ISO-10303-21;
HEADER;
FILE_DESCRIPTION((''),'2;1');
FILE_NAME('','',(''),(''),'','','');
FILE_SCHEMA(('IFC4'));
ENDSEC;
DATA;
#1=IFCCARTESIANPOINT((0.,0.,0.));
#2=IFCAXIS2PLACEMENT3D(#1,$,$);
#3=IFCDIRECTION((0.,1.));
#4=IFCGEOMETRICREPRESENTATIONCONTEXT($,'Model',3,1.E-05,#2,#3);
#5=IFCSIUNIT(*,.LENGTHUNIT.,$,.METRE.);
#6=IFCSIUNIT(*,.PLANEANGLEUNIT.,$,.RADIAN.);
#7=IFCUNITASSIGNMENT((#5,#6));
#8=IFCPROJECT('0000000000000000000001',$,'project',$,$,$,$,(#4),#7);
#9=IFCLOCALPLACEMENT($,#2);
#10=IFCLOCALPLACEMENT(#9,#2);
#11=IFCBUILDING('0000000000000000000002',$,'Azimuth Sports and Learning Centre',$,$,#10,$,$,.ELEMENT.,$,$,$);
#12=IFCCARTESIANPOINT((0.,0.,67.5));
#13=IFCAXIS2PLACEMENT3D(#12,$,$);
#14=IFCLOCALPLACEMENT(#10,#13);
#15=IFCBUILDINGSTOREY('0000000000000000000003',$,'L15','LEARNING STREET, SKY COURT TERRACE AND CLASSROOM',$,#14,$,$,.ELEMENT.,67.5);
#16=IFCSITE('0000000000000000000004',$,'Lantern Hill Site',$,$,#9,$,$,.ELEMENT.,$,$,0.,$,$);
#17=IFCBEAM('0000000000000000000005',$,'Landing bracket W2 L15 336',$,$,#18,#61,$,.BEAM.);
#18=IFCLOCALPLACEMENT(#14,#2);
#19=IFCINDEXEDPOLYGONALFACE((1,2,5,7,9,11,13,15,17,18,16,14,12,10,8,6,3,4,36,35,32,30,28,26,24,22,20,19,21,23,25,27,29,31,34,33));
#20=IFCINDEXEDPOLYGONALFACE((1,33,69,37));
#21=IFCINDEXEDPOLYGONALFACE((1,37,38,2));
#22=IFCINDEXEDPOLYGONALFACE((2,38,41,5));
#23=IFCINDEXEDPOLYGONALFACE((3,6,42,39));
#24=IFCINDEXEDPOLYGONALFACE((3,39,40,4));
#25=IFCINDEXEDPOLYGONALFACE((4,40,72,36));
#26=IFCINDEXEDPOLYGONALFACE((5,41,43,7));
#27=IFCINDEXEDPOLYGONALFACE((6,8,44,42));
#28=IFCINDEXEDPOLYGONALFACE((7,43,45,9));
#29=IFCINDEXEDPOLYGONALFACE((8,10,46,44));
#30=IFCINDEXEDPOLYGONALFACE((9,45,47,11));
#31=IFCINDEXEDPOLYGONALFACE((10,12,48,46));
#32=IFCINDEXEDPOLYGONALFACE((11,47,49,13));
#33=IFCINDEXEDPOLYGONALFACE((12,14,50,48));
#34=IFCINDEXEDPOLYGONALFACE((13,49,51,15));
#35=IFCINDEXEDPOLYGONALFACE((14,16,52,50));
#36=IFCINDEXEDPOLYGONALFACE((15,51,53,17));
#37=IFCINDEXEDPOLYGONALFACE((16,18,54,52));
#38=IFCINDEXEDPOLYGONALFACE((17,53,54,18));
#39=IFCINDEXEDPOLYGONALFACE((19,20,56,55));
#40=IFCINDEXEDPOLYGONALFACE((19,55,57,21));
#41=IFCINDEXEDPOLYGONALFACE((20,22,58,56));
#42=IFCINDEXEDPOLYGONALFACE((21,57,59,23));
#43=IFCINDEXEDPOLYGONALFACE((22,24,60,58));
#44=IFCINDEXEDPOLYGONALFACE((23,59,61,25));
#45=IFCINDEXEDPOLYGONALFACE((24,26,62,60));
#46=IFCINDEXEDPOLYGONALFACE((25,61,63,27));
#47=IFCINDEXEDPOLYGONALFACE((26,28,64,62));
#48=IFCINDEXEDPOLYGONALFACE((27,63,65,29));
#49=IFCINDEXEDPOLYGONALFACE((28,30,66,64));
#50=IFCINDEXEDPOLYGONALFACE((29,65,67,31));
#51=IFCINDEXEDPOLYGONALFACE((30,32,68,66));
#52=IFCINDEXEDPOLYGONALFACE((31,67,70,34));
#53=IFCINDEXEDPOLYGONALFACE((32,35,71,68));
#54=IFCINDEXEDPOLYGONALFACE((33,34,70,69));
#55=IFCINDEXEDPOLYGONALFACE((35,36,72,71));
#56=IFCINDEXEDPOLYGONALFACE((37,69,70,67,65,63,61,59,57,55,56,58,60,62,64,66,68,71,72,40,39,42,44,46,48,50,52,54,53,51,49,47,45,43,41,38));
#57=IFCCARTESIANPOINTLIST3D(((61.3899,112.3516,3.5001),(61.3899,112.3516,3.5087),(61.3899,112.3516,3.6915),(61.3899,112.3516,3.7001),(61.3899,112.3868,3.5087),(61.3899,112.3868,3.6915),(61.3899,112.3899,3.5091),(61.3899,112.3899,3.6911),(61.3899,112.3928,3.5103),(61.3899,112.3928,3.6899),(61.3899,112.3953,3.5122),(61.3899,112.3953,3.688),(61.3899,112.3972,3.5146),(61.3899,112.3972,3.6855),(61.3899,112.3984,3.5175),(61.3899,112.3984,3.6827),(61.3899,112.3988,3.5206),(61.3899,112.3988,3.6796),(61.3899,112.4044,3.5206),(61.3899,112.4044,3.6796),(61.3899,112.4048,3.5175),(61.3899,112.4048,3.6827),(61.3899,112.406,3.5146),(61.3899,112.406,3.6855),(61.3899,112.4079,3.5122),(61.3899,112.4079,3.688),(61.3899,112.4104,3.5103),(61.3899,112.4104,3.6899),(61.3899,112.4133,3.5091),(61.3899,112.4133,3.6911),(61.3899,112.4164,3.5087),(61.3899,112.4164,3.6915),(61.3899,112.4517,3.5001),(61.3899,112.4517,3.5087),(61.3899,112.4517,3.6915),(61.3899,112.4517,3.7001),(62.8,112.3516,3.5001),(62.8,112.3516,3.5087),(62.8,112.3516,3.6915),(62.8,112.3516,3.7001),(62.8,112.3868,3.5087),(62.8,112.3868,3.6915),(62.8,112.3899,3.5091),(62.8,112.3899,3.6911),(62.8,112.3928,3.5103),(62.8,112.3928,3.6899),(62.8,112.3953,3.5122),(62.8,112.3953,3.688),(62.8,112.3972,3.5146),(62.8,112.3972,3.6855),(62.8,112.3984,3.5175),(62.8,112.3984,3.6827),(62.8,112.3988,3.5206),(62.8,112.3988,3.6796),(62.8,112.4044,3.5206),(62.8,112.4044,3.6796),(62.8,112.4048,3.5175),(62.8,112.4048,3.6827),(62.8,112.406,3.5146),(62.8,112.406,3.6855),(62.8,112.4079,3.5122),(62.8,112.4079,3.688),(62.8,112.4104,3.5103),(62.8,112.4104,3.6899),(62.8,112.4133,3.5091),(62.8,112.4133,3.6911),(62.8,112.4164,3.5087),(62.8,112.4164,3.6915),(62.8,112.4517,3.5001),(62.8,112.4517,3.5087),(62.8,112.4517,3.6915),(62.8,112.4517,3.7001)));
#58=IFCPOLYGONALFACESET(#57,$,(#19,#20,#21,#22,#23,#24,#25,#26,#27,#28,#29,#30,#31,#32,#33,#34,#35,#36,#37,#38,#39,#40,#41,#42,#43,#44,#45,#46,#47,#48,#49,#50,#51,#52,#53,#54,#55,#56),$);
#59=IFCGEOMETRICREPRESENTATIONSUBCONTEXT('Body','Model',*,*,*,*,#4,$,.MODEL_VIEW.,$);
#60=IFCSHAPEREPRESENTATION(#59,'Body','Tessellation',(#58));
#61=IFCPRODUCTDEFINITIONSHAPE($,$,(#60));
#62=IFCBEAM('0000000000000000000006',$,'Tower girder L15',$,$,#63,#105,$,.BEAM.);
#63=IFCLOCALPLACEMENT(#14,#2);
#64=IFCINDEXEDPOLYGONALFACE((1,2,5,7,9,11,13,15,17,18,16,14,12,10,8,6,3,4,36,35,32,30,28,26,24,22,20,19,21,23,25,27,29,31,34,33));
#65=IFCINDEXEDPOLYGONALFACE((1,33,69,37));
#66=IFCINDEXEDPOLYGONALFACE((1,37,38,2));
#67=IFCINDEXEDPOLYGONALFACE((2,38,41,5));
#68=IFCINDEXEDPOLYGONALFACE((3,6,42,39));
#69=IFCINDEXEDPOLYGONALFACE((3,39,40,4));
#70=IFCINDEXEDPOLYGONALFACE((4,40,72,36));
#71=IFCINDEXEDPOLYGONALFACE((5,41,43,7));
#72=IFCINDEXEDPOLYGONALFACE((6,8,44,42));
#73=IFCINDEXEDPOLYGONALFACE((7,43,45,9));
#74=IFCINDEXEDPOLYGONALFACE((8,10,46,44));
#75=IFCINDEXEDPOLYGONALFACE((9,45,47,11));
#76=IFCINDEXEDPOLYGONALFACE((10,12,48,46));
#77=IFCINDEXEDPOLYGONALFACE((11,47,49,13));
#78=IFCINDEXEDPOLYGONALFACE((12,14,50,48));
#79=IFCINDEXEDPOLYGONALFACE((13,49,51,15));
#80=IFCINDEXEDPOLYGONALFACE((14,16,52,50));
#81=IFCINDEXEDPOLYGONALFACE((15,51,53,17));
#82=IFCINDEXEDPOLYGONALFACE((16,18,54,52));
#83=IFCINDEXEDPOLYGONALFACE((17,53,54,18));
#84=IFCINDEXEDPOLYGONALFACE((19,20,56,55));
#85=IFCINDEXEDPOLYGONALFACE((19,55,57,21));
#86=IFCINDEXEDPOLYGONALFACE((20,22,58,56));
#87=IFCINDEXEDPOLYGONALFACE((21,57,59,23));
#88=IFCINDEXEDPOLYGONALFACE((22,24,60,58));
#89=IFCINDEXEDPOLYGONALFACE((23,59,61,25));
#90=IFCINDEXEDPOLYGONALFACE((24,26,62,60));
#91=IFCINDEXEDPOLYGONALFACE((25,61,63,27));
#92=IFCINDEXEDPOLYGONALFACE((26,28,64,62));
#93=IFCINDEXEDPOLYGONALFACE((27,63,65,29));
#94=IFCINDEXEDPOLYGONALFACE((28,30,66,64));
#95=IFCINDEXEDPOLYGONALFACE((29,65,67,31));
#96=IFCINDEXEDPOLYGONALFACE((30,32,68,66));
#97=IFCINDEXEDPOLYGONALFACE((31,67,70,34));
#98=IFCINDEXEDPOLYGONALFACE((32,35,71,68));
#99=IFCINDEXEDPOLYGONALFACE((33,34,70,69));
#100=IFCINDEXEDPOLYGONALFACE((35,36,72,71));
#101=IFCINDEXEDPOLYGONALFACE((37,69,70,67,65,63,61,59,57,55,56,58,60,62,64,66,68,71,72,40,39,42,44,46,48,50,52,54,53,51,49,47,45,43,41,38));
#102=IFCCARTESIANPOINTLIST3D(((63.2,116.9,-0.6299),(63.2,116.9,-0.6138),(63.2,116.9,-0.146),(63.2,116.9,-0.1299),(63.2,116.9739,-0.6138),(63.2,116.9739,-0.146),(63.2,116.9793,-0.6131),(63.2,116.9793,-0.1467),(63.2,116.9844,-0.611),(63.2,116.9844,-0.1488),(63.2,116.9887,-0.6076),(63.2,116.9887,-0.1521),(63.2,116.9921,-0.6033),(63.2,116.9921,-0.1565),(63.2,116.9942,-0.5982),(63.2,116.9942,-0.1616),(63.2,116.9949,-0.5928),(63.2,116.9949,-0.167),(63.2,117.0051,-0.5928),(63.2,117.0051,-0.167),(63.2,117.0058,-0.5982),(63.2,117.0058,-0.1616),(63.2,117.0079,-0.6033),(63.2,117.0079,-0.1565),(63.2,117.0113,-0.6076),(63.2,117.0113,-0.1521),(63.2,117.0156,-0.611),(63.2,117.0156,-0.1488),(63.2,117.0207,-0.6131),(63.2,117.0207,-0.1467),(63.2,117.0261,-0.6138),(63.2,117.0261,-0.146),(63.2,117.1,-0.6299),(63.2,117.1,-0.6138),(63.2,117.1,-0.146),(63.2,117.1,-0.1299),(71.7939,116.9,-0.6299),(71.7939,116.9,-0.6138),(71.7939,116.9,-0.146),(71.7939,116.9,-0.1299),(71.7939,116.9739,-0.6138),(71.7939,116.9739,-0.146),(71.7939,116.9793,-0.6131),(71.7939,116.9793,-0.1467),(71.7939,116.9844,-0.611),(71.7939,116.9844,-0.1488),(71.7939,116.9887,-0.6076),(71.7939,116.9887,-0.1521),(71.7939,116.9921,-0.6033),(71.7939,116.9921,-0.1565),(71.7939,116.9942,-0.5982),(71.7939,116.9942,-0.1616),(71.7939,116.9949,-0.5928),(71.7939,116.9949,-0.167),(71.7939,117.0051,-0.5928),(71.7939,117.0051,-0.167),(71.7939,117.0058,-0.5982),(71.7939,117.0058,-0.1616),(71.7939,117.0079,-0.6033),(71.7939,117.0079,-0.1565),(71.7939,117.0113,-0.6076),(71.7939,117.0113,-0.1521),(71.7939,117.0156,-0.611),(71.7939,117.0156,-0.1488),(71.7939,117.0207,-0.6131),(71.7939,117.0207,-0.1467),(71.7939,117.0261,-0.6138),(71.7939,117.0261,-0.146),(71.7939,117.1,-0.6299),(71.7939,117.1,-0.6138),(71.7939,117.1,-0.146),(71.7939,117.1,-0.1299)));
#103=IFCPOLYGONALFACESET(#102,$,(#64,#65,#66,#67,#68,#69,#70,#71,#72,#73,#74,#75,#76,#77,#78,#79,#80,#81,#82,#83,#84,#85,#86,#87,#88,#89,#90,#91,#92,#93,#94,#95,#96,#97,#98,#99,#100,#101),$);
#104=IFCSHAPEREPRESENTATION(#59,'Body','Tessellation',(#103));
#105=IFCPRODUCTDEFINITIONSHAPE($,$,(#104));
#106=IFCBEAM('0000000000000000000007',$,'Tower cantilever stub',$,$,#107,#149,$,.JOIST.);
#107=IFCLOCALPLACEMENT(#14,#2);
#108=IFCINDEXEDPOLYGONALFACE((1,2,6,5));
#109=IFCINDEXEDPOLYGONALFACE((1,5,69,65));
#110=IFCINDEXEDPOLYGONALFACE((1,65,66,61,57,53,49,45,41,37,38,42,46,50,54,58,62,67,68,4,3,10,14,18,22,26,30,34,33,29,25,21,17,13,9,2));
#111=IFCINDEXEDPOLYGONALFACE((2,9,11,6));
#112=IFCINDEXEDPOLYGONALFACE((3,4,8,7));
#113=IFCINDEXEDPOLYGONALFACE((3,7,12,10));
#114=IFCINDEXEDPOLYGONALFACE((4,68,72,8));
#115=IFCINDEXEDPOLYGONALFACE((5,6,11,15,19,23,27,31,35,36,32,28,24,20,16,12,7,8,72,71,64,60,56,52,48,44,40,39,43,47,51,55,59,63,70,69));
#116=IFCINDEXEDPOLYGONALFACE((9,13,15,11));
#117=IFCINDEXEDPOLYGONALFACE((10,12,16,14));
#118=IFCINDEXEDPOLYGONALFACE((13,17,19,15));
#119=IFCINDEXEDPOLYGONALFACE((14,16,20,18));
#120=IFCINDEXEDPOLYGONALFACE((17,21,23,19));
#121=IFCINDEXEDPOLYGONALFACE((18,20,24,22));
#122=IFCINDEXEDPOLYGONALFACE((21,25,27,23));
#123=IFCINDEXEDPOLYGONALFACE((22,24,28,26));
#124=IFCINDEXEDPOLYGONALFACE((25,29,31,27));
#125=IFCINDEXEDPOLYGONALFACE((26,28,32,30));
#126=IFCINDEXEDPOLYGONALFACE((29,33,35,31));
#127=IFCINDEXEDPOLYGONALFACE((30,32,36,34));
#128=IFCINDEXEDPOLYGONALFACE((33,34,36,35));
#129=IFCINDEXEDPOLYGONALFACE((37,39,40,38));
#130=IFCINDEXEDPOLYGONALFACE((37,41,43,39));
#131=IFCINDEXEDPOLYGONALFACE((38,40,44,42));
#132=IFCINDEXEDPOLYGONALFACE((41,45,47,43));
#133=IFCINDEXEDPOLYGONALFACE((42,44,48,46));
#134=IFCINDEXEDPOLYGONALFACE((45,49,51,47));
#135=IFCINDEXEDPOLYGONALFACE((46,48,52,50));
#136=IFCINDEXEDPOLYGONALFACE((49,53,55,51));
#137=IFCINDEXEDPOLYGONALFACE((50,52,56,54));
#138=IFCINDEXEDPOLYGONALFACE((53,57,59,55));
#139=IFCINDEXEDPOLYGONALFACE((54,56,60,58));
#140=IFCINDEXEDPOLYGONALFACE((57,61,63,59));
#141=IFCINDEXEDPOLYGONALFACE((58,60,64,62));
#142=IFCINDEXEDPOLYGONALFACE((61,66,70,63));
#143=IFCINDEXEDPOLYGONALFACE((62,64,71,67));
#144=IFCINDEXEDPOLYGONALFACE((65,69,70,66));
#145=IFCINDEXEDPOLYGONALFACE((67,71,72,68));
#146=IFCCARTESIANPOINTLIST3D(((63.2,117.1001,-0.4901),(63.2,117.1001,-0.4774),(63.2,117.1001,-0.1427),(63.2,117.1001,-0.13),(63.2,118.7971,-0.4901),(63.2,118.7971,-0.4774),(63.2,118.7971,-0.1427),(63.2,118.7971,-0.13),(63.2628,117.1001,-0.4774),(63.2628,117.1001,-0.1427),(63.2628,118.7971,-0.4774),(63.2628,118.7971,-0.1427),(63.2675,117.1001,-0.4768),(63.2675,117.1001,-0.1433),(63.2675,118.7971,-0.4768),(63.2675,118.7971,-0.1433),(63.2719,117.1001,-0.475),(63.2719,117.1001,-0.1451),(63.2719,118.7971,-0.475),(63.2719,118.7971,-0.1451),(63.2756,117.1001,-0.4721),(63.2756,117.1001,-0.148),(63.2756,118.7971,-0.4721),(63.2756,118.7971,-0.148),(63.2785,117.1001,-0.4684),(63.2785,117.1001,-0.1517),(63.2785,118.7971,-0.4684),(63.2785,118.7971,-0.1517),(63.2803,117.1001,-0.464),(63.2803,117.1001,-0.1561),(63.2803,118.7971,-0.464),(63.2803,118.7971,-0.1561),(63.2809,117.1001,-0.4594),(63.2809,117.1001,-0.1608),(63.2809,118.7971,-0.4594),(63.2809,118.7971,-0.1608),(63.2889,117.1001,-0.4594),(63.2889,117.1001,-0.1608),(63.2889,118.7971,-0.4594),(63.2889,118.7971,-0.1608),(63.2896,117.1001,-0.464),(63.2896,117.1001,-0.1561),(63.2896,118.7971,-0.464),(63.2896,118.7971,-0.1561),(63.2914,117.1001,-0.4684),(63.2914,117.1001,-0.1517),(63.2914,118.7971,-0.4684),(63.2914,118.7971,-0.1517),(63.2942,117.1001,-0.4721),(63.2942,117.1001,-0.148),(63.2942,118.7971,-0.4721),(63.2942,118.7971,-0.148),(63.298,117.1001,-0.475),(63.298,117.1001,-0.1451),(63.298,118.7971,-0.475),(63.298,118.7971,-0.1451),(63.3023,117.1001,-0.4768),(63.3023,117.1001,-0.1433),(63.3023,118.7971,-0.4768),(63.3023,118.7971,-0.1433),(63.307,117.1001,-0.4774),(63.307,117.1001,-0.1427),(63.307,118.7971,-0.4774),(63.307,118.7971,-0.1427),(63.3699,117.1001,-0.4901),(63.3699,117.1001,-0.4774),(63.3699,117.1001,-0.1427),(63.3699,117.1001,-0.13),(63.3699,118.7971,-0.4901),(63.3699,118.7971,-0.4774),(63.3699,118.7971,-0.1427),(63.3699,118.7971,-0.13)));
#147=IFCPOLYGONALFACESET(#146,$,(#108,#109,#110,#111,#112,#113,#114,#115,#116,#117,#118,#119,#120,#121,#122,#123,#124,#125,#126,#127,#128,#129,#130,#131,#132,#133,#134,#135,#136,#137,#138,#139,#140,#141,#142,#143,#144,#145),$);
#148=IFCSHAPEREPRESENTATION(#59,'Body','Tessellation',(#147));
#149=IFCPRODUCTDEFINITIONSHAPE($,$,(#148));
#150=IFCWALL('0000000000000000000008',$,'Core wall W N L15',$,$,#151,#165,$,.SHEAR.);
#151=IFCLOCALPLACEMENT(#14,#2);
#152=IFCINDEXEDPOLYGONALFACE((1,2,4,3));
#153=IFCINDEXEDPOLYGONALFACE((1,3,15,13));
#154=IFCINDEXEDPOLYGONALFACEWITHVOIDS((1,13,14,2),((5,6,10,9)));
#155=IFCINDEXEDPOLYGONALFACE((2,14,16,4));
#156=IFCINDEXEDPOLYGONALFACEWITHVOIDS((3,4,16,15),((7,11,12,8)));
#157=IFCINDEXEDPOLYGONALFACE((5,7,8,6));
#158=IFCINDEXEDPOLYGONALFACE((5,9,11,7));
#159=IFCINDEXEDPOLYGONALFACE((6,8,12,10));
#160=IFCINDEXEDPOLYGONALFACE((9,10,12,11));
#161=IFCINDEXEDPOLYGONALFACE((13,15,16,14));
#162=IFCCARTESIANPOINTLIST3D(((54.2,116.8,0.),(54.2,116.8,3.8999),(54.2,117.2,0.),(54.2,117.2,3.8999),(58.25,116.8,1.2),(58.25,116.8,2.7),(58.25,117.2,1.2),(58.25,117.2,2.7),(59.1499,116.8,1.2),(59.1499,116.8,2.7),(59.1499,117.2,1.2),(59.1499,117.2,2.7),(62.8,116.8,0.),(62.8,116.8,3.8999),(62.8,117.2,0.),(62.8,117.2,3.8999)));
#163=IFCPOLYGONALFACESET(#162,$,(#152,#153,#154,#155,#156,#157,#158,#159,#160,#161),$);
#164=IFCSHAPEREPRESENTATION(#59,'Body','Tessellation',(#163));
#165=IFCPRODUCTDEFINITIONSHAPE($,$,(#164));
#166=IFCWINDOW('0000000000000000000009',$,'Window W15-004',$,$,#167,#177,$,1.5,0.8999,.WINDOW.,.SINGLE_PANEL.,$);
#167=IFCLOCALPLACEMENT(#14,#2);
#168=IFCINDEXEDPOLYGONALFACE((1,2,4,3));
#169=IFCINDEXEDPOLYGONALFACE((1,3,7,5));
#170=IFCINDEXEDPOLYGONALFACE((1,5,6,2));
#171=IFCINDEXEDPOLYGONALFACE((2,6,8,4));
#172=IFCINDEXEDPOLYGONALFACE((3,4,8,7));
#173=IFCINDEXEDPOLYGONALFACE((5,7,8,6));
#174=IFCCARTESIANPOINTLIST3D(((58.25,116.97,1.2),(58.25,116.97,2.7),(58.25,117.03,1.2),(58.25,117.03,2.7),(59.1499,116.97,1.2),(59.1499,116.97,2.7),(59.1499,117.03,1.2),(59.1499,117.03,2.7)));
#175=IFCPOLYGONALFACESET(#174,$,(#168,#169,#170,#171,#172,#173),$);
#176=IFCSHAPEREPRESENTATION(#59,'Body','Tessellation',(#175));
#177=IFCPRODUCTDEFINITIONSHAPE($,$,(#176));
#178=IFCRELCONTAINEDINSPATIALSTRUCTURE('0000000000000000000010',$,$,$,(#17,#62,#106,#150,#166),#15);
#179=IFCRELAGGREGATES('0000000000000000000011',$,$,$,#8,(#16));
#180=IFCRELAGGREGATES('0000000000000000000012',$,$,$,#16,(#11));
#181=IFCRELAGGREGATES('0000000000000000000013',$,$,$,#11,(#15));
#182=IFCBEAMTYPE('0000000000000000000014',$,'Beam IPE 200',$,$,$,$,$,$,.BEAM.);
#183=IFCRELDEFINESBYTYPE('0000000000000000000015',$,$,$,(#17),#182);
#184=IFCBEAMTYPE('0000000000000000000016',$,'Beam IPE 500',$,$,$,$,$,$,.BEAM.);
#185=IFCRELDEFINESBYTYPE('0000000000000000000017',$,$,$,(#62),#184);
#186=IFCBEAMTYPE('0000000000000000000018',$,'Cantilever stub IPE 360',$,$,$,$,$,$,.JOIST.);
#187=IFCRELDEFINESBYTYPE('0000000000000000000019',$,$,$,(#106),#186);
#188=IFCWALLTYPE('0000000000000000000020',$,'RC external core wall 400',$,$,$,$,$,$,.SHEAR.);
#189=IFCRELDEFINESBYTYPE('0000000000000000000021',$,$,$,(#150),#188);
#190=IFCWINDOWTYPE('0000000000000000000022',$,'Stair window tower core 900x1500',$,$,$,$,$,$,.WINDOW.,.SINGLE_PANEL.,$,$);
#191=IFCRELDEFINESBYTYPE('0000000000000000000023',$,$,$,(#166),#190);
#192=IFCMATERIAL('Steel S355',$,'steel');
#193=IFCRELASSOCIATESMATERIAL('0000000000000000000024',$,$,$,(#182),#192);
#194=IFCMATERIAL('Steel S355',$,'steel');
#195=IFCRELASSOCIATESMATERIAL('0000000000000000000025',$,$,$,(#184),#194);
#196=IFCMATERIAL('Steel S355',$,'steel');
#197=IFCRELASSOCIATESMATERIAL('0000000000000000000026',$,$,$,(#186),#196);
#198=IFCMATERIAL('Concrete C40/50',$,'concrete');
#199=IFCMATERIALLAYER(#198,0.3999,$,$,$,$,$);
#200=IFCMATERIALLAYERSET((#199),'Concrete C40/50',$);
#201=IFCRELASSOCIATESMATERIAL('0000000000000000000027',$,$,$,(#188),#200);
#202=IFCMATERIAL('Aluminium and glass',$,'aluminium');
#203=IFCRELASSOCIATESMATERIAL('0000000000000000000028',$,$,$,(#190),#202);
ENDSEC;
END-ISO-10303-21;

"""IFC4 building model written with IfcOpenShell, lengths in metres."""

from ifc_helpers import new_model, si_unit, direction, frame, frame_2d, origin, origin_2d, place, context, subcontext, project, spatial, rectangle, i_section, extrude, material, layer, layer_set, material_profile, profile_set, type_object, element, fill, save


model = new_model("IFC4")

# Units and contexts
model_context = context("Model", 3, precision=1e-05, world=origin(), true_north=direction((0.0, 1.0)))
body_context = subcontext(model_context, "Body", "Model", "MODEL_VIEW")
ifc_project = project(units=[si_unit("LENGTHUNIT", "METRE"), si_unit("PLANEANGLEUNIT", "RADIAN")], contexts=[model_context])

# Site, building, storey
site_placement = place(None, origin())
site = spatial("IfcSite", under=ifc_project, at=site_placement, Name="Lantern Hill Site", CompositionType="ELEMENT", RefElevation=0.0)
building_placement = place(site_placement, origin())
building = spatial("IfcBuilding", under=site, at=building_placement, Name="Azimuth Sports and Learning Centre", CompositionType="ELEMENT")
storey_placement = place(building_placement, frame((0.0, 0.0, 67.5)))
storey = spatial("IfcBuildingStorey", under=building, at=storey_placement, Name="L15", Description="LEARNING STREET, SKY COURT TERRACE AND CLASSROOM", CompositionType="ELEMENT", Elevation=67.5)

# Beams
ifc_material_1 = material(Name="Steel S355", Category="steel")
ifc_material_profile_1 = material_profile(ifc_material_1, i_section(OverallWidth=0.1001, OverallDepth=0.2, WebThickness=0.0056, FlangeThickness=0.0085, FilletRadius=0.012, at=origin_2d()), Name="IPE 200")
ifc_profile_set_1 = profile_set([ifc_material_profile_1], Name="Steel S355")
beam_type_1 = type_object("IfcBeamType", Name="Beam IPE 200", PredefinedType="BEAM", material=ifc_profile_set_1)
for number, where, z_axis, x_axis, name in (
    (1, (62.8, 112.4016, 3.6001), (-1.0, 0.0, 0.0), (0.0, -1.0, 0.0), "Landing bracket W2 L15 336"),
):
    element("IfcBeam", number, at=place(storey_placement, frame(where, z_axis=z_axis, x_axis=x_axis)), inside=storey, type_object=beam_type_1, Name=name, PredefinedType="BEAM", context=body_context, shape_type="SweptSolid", body=[
        extrude(i_section(OverallWidth=0.1001, OverallDepth=0.2, WebThickness=0.0056, FlangeThickness=0.0085, FilletRadius=0.012, at=origin_2d()), origin(), (0.0, 0.0, 1.0), 1.4102),
    ])
ifc_material_2 = material(Name="Steel S355", Category="steel")
ifc_material_profile_2 = material_profile(ifc_material_2, i_section(OverallWidth=0.2, OverallDepth=0.5, WebThickness=0.0103, FlangeThickness=0.0161, FilletRadius=0.021, at=origin_2d()), Name="IPE 500")
ifc_profile_set_2 = profile_set([ifc_material_profile_2], Name="Steel S355")
beam_type_2 = type_object("IfcBeamType", Name="Beam IPE 500", PredefinedType="BEAM", material=ifc_profile_set_2)
beam_1_placement = place(storey_placement, frame((63.2, 117.0, -0.3799), z_axis=(1.0, 0.0, 0.0), x_axis=(0.0, 1.0, 0.0)))
element("IfcBeam", 2, at=beam_1_placement, inside=storey, type_object=beam_type_2, Name="Tower girder L15", PredefinedType="BEAM", context=body_context, shape_type="SweptSolid", body=[
    extrude(i_section(OverallWidth=0.2, OverallDepth=0.5, WebThickness=0.0103, FlangeThickness=0.0161, FilletRadius=0.021, at=origin_2d()), origin(), (0.0, 0.0, 1.0), 8.594),
])
ifc_material_3 = material(Name="Steel S355", Category="steel")
ifc_material_profile_3 = material_profile(ifc_material_3, i_section(OverallWidth=0.1699, OverallDepth=0.3601, WebThickness=0.0081, FlangeThickness=0.0127, FilletRadius=0.0181, at=origin_2d()), Name="IPE 360")
ifc_profile_set_3 = profile_set([ifc_material_profile_3], Name="Steel S355")
beam_type_3 = type_object("IfcBeamType", Name="Cantilever stub IPE 360", PredefinedType="JOIST", material=ifc_profile_set_3)
beam_2_placement = place(storey_placement, frame((63.2849, 117.1001, -0.3101), z_axis=(0.0, 1.0, 0.0), x_axis=(-1.0, 0.0, 0.0)))
element("IfcBeam", 3, at=beam_2_placement, inside=storey, type_object=beam_type_3, Name="Tower cantilever stub", PredefinedType="JOIST", context=body_context, shape_type="SweptSolid", body=[
    extrude(i_section(OverallWidth=0.1699, OverallDepth=0.3601, WebThickness=0.0081, FlangeThickness=0.0127, FilletRadius=0.0181, at=origin_2d()), origin(), (0.0, 0.0, 1.0), 1.697),
])

# Wall, opening, window
ifc_material_4 = material(Name="Concrete C40/50", Category="concrete")
ifc_layer_1 = layer(ifc_material_4, 0.3999)
ifc_layer_set_1 = layer_set([ifc_layer_1], Name="Concrete C40/50")
wall_type = type_object("IfcWallType", Name="RC external core wall 400", PredefinedType="SHEAR", material=ifc_layer_set_1)
wall_placement = place(storey_placement, frame((54.2, 117.0, 0.0), z_axis=(0.0, 0.0, 1.0), x_axis=(1.0, 0.0, 0.0)))
wall = element("IfcWall", 4, at=wall_placement, inside=storey, type_object=wall_type, Name="Core wall W N L15", PredefinedType="SHEAR", context=body_context, shape_type="SweptSolid", body=[
    extrude(rectangle(XDim=8.6001, YDim=0.3999, at=frame_2d((4.3, 0.0))), origin(), (0.0, 0.0, 1.0), 3.8999),
])
opening_placement = place(wall_placement, frame((4.05, 0.0, 1.2)))
opening = element("IfcOpeningElement", 5, at=opening_placement, cuts=wall, PredefinedType="OPENING", context=body_context, shape_type="SweptSolid", body=[
    extrude(rectangle(XDim=0.8999, YDim=1.5, at=frame_2d((0.45, 0.75))), frame((0.0, 0.2109, 0.0), z_axis=(0.0, -1.0, 0.0), x_axis=(1.0, 0.0, 0.0)), (0.0, 0.0, 1.0), 0.4219),
])
ifc_material_5 = material(Name="Aluminium and glass", Category="aluminium")
window_type = type_object("IfcWindowType", Name="Stair window tower core 900x1500", PartitioningType="SINGLE_PANEL", PredefinedType="WINDOW", material=ifc_material_5)
window_placement = place(opening_placement, origin())
window = element("IfcWindow", 6, at=window_placement, inside=storey, type_object=window_type, Name="Window W15-004", OverallHeight=1.5, OverallWidth=0.8999, PartitioningType="SINGLE_PANEL", PredefinedType="WINDOW", context=body_context, shape_type="SweptSolid", body=[
    extrude(rectangle(XDim=0.8999, YDim=1.5, at=frame_2d((0.45, 0.75))), frame((0.0, 0.03, 0.0), z_axis=(0.0, -1.0, 0.0), x_axis=(1.0, 0.0, 0.0)), (0.0, 0.0, 1.0), 0.0601),
])
fill(opening, window)

save(model, "model.ifc")
